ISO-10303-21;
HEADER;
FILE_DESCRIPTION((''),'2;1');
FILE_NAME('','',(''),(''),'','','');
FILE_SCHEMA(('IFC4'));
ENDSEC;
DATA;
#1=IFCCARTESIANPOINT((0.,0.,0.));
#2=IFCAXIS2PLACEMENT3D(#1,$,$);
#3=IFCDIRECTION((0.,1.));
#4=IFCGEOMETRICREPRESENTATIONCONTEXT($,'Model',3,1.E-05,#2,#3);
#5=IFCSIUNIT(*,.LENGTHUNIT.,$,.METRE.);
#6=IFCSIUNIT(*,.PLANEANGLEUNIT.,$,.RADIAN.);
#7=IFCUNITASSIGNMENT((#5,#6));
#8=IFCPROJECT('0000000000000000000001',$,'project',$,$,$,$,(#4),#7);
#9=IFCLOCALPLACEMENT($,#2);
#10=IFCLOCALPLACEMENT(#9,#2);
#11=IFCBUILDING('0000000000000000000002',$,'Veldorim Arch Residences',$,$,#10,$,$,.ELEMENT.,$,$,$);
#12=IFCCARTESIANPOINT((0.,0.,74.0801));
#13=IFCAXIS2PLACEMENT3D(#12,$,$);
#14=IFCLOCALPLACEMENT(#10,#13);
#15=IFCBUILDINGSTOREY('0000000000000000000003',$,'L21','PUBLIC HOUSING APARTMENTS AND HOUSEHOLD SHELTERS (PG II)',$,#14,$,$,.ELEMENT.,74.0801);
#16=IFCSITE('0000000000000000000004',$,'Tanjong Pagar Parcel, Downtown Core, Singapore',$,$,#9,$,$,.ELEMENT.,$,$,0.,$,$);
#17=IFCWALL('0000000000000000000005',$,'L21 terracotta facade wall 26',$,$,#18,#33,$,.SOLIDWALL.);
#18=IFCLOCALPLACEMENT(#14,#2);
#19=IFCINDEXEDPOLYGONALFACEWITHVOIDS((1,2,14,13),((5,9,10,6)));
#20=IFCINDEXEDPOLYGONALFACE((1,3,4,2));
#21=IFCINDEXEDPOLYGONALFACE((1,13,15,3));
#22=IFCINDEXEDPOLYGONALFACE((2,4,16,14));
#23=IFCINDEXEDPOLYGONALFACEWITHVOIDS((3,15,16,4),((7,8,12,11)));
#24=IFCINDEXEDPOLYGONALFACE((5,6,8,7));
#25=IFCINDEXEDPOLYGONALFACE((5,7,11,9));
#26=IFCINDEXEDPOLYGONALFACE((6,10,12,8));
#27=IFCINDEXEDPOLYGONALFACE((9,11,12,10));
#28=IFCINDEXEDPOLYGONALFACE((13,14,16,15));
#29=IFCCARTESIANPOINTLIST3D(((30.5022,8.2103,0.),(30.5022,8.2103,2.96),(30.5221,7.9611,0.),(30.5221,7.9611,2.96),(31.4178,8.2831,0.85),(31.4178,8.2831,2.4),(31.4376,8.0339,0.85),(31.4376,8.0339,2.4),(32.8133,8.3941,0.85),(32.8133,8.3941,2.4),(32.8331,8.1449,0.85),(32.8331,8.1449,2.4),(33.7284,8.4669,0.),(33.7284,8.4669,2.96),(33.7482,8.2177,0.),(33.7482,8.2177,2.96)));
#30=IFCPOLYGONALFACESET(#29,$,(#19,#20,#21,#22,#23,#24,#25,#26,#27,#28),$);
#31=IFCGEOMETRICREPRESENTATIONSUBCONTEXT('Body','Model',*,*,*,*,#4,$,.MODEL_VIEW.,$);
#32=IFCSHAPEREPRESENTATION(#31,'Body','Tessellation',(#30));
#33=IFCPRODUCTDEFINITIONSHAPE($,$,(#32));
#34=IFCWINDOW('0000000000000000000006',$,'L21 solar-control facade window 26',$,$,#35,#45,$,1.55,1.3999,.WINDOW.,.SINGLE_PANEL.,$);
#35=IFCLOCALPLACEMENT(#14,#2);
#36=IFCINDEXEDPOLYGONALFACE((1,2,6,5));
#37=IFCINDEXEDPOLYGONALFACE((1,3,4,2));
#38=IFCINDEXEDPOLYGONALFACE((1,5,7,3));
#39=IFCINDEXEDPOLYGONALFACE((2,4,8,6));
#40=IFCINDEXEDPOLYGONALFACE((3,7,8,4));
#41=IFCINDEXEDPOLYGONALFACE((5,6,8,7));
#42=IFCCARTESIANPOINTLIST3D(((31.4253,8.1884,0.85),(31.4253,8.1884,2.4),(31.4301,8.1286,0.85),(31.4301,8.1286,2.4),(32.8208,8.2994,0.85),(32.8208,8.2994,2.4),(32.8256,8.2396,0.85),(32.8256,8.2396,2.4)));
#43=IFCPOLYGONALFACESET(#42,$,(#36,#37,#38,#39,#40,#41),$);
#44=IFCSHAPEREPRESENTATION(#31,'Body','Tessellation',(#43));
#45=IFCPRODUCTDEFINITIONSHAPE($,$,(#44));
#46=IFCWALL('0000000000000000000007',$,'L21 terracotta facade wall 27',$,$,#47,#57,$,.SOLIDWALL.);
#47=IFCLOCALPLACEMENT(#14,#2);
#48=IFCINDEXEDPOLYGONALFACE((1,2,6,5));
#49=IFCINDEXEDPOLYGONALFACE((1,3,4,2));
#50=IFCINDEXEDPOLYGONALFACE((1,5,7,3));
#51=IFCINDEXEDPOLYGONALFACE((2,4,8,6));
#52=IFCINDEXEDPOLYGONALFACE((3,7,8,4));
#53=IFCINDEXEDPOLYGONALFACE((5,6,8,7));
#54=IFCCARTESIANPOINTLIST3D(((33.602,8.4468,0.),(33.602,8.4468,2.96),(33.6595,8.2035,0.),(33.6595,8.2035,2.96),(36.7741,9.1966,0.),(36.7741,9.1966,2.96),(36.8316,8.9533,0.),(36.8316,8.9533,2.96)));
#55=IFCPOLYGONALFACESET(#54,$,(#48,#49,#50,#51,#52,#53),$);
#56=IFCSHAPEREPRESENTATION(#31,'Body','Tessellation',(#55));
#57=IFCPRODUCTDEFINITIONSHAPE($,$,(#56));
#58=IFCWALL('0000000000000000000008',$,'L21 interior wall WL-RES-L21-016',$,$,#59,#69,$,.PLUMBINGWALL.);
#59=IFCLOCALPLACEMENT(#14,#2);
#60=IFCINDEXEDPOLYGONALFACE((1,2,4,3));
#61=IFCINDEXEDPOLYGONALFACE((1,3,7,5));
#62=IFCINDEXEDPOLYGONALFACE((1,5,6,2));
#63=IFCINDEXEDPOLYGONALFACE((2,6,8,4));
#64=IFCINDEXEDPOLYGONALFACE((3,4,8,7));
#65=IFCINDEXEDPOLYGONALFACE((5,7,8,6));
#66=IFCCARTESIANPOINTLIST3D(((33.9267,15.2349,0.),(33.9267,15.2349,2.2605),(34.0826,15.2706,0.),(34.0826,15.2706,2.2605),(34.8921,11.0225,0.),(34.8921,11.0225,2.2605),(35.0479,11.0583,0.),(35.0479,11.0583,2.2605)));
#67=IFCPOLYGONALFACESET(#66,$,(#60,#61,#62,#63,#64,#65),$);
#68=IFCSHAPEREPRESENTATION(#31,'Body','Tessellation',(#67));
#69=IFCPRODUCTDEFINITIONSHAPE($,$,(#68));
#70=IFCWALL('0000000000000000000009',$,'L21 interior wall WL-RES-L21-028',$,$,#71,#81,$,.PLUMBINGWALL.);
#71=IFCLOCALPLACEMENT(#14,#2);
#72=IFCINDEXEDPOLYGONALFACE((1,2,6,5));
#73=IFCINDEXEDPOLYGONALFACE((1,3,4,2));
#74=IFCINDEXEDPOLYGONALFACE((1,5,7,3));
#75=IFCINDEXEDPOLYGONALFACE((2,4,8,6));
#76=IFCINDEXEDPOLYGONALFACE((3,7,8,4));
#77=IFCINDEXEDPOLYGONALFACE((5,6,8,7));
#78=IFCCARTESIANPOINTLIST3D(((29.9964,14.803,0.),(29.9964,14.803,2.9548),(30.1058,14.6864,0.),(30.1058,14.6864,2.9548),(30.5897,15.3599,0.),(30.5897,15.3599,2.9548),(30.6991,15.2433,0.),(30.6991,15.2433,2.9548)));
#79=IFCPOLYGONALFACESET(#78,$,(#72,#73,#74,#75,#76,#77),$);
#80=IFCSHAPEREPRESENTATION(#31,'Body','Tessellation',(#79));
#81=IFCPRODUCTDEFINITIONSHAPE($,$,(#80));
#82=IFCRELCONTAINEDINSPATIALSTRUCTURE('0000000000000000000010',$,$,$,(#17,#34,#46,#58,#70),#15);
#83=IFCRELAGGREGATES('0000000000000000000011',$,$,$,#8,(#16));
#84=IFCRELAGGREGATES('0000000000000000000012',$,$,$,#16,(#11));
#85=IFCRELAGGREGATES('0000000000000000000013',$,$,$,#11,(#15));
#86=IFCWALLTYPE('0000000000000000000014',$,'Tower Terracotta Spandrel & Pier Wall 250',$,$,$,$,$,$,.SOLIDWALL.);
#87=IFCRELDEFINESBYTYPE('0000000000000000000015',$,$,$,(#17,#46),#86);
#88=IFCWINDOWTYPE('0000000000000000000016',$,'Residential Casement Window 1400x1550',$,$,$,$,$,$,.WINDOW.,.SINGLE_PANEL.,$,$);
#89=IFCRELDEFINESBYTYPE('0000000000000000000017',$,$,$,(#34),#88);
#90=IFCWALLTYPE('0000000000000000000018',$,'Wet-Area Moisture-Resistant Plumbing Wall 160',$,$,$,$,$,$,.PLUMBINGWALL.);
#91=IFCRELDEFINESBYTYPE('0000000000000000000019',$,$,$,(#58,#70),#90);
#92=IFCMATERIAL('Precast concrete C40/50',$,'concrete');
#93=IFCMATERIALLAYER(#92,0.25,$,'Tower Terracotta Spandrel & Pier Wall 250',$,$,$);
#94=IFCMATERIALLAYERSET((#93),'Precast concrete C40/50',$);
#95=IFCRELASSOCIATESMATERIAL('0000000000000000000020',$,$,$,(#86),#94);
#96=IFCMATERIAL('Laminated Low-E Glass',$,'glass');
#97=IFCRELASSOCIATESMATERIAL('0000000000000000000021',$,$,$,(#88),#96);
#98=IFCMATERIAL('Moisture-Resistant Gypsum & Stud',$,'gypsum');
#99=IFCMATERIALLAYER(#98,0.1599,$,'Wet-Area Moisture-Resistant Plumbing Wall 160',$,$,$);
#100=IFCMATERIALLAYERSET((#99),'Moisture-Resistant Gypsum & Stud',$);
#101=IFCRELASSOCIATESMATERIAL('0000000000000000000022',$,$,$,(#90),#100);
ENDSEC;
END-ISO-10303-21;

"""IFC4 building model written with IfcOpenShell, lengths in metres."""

from ifc_helpers import new_model, si_unit, direction, frame, frame_2d, origin, place, context, subcontext, project, spatial, rectangle, extrude, material, layer, layer_set, type_object, element, fill, save


model = new_model("IFC4")

# Units and contexts
model_context = context("Model", 3, precision=1e-05, world=origin(), true_north=direction((0.0, 1.0)))
body_context = subcontext(model_context, "Body", "Model", "MODEL_VIEW")
ifc_project = project(units=[si_unit("LENGTHUNIT", "METRE"), si_unit("PLANEANGLEUNIT", "RADIAN")], contexts=[model_context])

# Site, building, storey
site_placement = place(None, origin())
site = spatial("IfcSite", under=ifc_project, at=site_placement, Name="Tanjong Pagar Parcel, Downtown Core, Singapore", CompositionType="ELEMENT", RefElevation=0.0)
building_placement = place(site_placement, origin())
building = spatial("IfcBuilding", under=site, at=building_placement, Name="Veldorim Arch Residences", CompositionType="ELEMENT")
storey_placement = place(building_placement, frame((0.0, 0.0, 74.0801)))
storey = spatial("IfcBuildingStorey", under=building, at=storey_placement, Name="L21", Description="PUBLIC HOUSING APARTMENTS AND HOUSEHOLD SHELTERS (PG II)", CompositionType="ELEMENT", Elevation=74.0801)

# Wall, opening, window
ifc_material_1 = material(Name="Precast concrete C40/50", Category="concrete")
ifc_layer_1 = layer(ifc_material_1, 0.25, Name="Tower Terracotta Spandrel & Pier Wall 250")
ifc_layer_set_1 = layer_set([ifc_layer_1], Name="Precast concrete C40/50")
wall_type_1 = type_object("IfcWallType", Name="Tower Terracotta Spandrel & Pier Wall 250", PredefinedType="SOLIDWALL", material=ifc_layer_set_1)
wall_1_placement = place(storey_placement, frame((33.7383, 8.3423, 0.0), z_axis=(0.0, 0.0, 1.0), x_axis=(-0.996852, -0.079286, 0.0)))
wall_1 = element("IfcWall", 1, at=wall_1_placement, inside=storey, type_object=wall_type_1, Name="L21 terracotta facade wall 26", PredefinedType="SOLIDWALL", context=body_context, shape_type="SweptSolid", body=[
    extrude(rectangle(XDim=3.2363, YDim=0.25, at=frame_2d((1.6182, 0.0))), origin(), (0.0, 0.0, 1.0), 2.96),
])
opening_placement = place(wall_1_placement, frame((0.918, 0.0, 0.8501)))
opening = element("IfcOpeningElement", 2, at=opening_placement, cuts=wall_1, PredefinedType="OPENING", context=body_context, shape_type="SweptSolid", body=[
    extrude(rectangle(XDim=1.3999, YDim=1.55, at=frame_2d((0.7, 0.7749))), frame((0.0, 0.135, 0.0), z_axis=(0.0, -1.0, 0.0), x_axis=(1.0, 0.0, 0.0)), (0.0, 0.0, 1.0), 0.27),
])
ifc_material_2 = material(Name="Laminated Low-E Glass", Category="glass")
window_type = type_object("IfcWindowType", Name="Residential Casement Window 1400x1550", PartitioningType="SINGLE_PANEL", PredefinedType="WINDOW", material=ifc_material_2)
window_placement = place(opening_placement, origin())
window = element("IfcWindow", 3, at=window_placement, inside=storey, type_object=window_type, Name="L21 solar-control facade window 26", OverallHeight=1.55, OverallWidth=1.3999, PartitioningType="SINGLE_PANEL", PredefinedType="WINDOW", context=body_context, shape_type="SweptSolid", body=[
    extrude(rectangle(XDim=1.3999, YDim=1.55, at=frame_2d((0.7, 0.7749))), frame((0.0, 0.03, 0.0), z_axis=(0.0, -1.0, 0.0), x_axis=(1.0, 0.0, 0.0)), (0.0, 0.0, 1.0), 0.0601),
])
fill(opening, window)

# Walls
wall_2_placement = place(storey_placement, frame((36.803, 9.075, 0.0), z_axis=(0.0, 0.0, 1.0), x_axis=(-0.973186, -0.23002, 0.0)))
element("IfcWall", 4, at=wall_2_placement, inside=storey, type_object=wall_type_1, Name="L21 terracotta facade wall 27", PredefinedType="SOLIDWALL", context=body_context, shape_type="SweptSolid", body=[
    extrude(rectangle(XDim=3.2595, YDim=0.25, at=frame_2d((1.6299, 0.0))), origin(), (0.0, 0.0, 1.0), 2.96),
])
ifc_material_3 = material(Name="Moisture-Resistant Gypsum & Stud", Category="gypsum")
ifc_layer_2 = layer(ifc_material_3, 0.1599, Name="Wet-Area Moisture-Resistant Plumbing Wall 160")
ifc_layer_set_2 = layer_set([ifc_layer_2], Name="Moisture-Resistant Gypsum & Stud")
wall_type_2 = type_object("IfcWallType", Name="Wet-Area Moisture-Resistant Plumbing Wall 160", PredefinedType="PLUMBINGWALL", material=ifc_layer_set_2)
wall_3_placement = place(storey_placement, frame((34.97, 11.0405, 0.0), z_axis=(0.0, 0.0, 1.0), x_axis=(-0.223374, 0.974733, 0.0)))
element("IfcWall", 5, at=wall_3_placement, inside=storey, type_object=wall_type_2, Name="L21 interior wall WL-RES-L21-016", PredefinedType="PLUMBINGWALL", context=body_context, shape_type="SweptSolid", body=[
    extrude(rectangle(XDim=4.3215, YDim=0.1599, at=frame_2d((2.1606, 0.0))), origin(), (0.0, 0.0, 1.0), 2.2605),
])
wall_4_placement = place(storey_placement, frame((30.6443, 15.3015, 0.0), z_axis=(0.0, 0.0, 1.0), x_axis=(-0.729107, -0.6844, 0.0)))
element("IfcWall", 6, at=wall_4_placement, inside=storey, type_object=wall_type_2, Name="L21 interior wall WL-RES-L21-028", PredefinedType="PLUMBINGWALL", context=body_context, shape_type="SweptSolid", body=[
    extrude(rectangle(XDim=0.8137, YDim=0.1599, at=frame_2d((0.4067, 0.0))), origin(), (0.0, 0.0, 1.0), 2.9548),
])

save(model, "model.ifc")
